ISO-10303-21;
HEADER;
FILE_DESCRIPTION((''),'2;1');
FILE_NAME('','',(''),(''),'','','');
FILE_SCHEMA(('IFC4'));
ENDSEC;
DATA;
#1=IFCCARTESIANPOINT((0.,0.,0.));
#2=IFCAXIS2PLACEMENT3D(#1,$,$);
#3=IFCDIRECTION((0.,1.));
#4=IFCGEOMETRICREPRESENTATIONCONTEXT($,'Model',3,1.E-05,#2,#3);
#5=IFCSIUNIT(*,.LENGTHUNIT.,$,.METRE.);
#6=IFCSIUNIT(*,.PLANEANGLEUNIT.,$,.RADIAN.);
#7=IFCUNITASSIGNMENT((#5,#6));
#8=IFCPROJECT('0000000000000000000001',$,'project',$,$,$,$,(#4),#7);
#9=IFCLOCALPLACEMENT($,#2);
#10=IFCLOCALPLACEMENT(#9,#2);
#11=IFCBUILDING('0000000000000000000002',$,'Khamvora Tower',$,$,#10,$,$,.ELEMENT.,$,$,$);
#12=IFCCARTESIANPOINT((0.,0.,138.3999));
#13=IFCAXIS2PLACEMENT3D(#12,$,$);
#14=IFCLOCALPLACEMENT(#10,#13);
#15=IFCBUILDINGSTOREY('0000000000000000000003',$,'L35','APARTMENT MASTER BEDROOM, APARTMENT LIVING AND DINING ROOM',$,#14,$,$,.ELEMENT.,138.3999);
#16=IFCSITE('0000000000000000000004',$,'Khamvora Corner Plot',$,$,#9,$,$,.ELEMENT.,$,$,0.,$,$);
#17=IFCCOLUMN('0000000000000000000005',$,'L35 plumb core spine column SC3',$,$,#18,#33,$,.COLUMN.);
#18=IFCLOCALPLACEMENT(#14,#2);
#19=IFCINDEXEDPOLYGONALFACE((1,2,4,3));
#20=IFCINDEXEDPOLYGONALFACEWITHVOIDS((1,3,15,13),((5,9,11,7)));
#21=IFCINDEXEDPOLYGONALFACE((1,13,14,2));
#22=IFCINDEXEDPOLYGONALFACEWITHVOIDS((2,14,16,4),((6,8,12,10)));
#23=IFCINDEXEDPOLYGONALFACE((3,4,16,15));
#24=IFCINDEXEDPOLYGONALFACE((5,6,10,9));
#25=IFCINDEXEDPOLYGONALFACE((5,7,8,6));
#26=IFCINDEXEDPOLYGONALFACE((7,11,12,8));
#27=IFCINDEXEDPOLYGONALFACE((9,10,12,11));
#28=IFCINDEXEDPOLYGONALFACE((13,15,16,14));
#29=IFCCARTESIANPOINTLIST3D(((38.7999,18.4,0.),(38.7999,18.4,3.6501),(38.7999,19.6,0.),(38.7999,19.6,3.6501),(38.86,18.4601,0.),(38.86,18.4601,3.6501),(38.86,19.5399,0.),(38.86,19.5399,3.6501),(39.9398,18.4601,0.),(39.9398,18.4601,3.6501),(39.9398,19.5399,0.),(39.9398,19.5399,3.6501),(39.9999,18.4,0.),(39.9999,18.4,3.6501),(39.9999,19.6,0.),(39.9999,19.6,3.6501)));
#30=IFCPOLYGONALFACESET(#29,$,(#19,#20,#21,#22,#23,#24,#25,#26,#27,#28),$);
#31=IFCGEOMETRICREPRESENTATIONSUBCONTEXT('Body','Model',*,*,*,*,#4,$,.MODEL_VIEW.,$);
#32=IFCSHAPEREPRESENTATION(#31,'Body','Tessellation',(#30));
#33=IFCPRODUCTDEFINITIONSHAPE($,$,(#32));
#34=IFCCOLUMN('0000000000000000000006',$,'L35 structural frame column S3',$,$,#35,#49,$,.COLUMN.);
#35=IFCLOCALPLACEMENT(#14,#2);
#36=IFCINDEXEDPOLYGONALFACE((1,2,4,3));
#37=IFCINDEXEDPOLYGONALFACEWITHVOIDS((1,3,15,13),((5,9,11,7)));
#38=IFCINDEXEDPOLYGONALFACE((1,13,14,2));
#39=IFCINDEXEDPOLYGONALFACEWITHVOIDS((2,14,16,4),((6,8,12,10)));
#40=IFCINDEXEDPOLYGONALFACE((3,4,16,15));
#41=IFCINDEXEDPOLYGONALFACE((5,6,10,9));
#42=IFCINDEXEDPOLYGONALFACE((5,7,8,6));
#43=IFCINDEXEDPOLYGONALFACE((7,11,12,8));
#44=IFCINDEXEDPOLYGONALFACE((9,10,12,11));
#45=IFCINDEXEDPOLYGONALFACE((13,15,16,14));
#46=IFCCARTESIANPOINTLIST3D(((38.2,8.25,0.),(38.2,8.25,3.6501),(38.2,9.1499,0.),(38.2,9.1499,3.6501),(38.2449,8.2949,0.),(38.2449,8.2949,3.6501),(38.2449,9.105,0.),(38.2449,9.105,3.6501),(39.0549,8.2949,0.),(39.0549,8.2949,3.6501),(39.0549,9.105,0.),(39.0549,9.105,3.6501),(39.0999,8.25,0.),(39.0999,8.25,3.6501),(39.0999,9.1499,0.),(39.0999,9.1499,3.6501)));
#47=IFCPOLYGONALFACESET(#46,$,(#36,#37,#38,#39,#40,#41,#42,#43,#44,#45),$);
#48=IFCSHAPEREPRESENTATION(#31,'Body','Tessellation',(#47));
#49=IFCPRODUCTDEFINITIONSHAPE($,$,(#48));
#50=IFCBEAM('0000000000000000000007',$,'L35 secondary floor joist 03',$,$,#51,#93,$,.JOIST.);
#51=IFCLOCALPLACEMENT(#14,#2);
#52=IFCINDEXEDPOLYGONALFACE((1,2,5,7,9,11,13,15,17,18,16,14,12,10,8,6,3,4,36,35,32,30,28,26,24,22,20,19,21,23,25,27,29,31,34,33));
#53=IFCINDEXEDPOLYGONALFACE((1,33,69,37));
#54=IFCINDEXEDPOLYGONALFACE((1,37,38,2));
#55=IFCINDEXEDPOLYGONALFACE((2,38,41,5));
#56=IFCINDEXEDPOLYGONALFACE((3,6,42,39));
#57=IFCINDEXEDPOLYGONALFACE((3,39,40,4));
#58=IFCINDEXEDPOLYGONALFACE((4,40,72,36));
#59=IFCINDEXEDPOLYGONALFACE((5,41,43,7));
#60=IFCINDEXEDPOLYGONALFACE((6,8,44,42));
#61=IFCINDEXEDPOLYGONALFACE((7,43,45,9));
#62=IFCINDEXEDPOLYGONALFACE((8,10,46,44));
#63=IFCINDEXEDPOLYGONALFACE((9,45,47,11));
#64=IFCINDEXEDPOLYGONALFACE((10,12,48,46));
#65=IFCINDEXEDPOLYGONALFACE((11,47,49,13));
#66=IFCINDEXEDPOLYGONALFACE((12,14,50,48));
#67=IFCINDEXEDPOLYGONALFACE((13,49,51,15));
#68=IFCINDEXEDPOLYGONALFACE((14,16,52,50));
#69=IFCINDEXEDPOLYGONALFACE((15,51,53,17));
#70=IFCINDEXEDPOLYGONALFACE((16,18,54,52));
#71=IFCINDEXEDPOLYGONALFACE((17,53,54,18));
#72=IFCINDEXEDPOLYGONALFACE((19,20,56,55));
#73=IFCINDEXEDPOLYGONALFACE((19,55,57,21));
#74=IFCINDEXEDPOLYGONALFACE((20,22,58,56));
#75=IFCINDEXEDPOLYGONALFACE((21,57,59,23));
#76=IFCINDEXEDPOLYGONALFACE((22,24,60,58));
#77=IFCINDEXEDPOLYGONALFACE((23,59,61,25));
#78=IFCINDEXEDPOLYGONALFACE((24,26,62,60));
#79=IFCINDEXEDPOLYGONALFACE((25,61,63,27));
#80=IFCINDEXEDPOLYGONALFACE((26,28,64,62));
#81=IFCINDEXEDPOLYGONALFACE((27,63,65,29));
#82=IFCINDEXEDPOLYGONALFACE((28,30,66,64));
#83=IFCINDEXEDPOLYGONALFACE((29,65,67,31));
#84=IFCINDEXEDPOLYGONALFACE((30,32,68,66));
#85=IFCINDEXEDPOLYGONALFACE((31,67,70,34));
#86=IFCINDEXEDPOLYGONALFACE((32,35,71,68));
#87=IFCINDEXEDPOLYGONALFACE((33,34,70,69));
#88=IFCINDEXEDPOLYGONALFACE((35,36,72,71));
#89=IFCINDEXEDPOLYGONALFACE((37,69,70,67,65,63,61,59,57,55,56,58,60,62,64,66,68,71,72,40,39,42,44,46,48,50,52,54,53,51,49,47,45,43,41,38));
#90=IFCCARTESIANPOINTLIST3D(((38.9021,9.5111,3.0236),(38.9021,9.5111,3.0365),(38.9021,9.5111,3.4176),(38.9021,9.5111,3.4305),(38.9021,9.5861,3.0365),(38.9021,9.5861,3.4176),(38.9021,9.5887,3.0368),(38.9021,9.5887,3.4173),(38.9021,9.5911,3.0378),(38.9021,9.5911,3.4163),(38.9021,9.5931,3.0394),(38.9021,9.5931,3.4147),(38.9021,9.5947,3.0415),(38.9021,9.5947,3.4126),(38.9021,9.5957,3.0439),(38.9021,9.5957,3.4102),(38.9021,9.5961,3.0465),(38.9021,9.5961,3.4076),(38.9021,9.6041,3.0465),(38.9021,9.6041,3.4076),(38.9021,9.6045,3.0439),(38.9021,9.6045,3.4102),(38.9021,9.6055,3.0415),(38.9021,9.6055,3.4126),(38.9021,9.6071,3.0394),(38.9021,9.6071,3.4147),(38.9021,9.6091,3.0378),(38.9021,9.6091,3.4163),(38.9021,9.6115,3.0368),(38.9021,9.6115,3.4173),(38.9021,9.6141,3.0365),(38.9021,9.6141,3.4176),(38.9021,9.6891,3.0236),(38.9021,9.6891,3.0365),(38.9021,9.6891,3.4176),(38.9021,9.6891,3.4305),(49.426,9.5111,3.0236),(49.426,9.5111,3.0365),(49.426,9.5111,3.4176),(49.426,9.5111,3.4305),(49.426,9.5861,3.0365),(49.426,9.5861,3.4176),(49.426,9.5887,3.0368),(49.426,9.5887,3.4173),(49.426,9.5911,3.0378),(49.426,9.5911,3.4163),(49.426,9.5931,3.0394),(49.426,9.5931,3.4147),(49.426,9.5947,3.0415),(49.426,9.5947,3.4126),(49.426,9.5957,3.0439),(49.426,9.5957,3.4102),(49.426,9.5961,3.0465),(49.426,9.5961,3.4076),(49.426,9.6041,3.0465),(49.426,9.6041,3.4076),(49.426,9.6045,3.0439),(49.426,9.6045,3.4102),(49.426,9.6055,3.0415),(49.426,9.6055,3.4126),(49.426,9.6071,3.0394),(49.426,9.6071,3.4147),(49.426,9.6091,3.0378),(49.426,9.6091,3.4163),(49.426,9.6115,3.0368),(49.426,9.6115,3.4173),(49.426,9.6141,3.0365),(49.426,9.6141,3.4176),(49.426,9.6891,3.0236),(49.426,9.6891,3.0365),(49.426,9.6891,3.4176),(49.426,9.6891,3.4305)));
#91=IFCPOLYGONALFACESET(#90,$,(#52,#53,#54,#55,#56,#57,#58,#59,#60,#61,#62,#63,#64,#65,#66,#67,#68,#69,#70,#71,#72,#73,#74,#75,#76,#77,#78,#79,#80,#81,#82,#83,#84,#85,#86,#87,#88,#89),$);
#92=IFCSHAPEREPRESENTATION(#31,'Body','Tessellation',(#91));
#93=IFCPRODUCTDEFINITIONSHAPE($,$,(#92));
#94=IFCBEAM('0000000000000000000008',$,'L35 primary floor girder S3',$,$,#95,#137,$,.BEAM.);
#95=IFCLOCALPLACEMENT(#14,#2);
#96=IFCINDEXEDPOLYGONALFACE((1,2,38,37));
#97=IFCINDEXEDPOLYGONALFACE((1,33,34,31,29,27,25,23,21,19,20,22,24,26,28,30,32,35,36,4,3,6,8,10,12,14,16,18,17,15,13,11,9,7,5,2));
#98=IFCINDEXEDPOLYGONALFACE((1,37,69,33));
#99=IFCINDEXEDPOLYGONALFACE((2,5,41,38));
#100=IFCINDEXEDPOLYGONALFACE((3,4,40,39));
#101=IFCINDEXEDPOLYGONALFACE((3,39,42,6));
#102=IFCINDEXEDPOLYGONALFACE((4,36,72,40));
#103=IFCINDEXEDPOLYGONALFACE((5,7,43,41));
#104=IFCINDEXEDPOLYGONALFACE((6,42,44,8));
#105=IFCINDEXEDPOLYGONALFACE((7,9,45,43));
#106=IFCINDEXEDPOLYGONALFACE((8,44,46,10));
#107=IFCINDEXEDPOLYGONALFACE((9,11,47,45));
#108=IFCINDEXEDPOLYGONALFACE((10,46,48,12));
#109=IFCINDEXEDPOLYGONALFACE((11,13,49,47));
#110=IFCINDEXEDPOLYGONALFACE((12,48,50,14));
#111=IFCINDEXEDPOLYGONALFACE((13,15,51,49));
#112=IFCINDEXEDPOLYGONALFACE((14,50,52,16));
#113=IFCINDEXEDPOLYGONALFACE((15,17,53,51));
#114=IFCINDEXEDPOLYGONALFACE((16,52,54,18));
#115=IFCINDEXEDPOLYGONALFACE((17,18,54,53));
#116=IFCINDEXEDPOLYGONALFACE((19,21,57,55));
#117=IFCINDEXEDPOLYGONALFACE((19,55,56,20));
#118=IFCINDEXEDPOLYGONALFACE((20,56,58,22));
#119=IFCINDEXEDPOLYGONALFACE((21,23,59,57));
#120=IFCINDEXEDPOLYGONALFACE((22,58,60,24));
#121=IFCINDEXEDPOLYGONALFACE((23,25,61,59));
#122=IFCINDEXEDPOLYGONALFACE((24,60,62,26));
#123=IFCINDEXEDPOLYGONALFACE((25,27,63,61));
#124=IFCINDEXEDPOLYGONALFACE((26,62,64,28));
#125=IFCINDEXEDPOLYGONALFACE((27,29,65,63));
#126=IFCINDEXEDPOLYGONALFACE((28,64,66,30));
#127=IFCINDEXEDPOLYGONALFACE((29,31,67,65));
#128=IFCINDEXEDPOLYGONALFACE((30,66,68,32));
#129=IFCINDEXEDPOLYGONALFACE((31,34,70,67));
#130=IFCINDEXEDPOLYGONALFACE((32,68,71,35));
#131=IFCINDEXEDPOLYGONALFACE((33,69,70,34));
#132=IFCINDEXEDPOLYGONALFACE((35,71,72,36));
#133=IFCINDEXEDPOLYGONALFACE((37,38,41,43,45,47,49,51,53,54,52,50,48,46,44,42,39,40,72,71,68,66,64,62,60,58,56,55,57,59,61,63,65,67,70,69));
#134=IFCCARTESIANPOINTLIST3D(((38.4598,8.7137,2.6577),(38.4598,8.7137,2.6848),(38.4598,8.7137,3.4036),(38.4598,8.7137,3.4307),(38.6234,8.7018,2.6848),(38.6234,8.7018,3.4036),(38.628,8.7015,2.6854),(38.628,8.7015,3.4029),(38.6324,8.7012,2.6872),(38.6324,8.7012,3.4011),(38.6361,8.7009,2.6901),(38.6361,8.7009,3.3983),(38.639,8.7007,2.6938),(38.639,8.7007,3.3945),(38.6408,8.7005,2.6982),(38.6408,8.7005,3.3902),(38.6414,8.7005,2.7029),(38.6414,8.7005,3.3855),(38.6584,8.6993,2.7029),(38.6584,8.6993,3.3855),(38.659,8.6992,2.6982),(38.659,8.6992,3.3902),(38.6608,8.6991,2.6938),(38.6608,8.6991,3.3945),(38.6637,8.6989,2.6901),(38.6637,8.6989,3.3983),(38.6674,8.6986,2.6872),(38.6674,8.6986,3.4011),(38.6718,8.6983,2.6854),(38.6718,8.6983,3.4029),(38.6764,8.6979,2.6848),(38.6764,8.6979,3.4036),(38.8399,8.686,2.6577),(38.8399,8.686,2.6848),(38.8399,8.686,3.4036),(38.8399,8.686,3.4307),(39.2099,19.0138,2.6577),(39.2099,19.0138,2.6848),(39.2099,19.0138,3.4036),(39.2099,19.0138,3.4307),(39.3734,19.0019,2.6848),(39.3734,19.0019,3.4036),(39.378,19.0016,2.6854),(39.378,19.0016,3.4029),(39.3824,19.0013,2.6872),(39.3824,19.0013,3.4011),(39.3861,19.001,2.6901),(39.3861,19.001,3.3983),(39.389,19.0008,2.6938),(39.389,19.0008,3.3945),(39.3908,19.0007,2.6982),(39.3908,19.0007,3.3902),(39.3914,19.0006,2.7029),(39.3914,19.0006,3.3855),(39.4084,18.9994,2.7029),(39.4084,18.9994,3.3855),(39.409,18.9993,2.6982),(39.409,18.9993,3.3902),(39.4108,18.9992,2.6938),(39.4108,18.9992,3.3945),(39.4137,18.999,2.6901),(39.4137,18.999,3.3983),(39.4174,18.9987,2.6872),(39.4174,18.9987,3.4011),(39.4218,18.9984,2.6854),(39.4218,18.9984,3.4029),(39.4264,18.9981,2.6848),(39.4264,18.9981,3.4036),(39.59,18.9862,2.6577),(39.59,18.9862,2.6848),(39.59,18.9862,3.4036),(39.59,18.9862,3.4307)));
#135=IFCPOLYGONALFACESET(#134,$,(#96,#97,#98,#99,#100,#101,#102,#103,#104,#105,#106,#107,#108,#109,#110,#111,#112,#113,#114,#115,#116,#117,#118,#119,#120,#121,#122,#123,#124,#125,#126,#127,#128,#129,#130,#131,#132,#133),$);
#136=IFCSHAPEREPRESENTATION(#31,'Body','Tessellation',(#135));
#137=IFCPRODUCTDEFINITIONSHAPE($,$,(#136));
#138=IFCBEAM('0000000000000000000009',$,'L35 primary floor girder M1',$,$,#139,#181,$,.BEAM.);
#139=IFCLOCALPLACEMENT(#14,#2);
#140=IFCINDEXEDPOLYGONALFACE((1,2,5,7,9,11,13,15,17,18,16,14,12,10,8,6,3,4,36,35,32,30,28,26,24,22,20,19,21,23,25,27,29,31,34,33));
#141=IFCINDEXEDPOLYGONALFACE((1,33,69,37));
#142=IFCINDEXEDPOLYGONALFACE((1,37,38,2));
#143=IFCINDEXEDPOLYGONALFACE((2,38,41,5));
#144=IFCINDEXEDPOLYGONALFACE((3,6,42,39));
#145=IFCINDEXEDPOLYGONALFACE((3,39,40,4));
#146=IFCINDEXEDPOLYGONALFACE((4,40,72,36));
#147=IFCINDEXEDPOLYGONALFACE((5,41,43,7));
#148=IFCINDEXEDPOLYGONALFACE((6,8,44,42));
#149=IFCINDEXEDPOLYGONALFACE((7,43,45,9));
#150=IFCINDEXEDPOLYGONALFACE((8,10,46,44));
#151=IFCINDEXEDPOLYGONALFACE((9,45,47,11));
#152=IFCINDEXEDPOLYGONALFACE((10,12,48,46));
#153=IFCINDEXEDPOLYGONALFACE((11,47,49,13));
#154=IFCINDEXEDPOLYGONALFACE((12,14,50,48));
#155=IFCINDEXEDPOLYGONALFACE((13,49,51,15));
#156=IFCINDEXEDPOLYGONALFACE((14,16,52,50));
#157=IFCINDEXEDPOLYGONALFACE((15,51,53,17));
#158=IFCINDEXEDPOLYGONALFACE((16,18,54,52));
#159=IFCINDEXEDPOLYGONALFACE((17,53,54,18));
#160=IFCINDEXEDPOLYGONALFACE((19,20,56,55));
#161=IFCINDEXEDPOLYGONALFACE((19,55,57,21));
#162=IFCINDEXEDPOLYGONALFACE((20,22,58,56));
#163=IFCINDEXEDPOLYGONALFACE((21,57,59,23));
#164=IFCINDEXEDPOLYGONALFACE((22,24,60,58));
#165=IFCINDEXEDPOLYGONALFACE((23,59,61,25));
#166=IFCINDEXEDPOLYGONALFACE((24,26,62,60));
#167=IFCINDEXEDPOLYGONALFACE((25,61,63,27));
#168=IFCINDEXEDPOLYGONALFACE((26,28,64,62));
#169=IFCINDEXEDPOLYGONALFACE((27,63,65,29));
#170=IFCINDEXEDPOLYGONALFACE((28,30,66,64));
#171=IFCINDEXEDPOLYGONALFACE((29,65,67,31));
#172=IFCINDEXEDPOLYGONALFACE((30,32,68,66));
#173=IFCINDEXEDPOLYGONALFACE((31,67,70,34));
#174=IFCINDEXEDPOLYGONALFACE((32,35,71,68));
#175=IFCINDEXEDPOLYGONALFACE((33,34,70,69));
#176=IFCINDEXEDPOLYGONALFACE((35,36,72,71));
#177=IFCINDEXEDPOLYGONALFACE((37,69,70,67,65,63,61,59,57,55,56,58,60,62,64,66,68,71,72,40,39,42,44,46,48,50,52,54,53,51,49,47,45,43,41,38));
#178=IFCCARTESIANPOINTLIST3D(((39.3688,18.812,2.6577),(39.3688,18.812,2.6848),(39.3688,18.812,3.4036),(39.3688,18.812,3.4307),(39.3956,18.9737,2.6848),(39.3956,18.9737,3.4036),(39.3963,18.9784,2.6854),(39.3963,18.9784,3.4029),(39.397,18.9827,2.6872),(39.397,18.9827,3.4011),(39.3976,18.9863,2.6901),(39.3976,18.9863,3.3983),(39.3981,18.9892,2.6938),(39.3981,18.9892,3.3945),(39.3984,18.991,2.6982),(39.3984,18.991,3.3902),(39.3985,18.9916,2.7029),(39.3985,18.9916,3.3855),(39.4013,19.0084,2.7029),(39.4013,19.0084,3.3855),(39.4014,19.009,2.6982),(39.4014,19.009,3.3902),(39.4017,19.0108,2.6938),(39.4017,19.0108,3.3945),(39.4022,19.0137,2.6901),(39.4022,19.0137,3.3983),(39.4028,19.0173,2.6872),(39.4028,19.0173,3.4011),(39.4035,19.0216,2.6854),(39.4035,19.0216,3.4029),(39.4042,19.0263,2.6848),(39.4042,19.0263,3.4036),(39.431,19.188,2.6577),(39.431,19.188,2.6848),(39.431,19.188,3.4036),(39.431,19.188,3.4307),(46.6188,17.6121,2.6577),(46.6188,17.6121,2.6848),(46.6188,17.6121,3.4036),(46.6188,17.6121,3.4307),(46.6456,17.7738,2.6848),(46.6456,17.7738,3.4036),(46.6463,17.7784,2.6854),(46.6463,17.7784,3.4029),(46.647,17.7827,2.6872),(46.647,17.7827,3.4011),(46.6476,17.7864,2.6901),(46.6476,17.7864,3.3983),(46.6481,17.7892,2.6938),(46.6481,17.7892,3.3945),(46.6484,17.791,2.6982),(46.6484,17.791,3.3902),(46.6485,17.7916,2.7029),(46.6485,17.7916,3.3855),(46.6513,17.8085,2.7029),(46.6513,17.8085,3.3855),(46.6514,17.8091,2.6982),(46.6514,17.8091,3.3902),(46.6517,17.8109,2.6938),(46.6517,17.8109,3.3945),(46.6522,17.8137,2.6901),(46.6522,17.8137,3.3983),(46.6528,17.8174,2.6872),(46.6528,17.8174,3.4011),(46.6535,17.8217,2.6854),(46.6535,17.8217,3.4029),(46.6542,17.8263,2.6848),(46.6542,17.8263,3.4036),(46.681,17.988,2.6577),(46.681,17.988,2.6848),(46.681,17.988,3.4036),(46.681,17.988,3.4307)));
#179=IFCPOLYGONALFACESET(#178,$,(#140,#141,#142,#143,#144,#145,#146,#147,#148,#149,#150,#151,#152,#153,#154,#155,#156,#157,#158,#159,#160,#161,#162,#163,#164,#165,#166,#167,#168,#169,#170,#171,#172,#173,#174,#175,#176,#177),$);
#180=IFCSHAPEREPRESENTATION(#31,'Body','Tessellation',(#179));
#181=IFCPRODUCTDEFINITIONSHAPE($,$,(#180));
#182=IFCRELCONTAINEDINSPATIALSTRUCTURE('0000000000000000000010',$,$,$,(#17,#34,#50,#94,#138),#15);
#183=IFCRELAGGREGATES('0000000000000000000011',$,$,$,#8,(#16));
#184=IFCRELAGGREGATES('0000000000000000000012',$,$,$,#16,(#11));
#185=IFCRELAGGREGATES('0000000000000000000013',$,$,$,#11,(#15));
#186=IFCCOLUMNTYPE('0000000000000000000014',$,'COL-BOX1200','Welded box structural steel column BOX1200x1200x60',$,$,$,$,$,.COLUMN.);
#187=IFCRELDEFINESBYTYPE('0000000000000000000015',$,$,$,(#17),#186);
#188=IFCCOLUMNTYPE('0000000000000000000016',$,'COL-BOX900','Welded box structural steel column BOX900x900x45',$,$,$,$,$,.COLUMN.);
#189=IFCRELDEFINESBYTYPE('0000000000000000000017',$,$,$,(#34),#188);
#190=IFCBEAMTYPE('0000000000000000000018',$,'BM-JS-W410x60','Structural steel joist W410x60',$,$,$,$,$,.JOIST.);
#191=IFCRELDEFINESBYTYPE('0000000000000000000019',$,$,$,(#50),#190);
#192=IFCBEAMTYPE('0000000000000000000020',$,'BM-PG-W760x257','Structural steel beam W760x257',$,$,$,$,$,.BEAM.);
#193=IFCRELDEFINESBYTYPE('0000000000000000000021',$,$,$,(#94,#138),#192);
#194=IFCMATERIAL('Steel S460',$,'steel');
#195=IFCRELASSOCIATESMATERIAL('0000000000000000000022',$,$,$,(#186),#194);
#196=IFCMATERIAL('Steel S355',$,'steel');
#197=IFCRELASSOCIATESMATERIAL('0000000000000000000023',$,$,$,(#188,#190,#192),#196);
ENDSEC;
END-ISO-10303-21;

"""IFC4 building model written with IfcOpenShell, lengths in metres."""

from ifc_helpers import new_model, si_unit, direction, frame, origin, origin_2d, place, context, subcontext, project, spatial, hollow_rectangle, i_section, extrude, material, material_profile, profile_set, type_object, element, save


model = new_model("IFC4")

# Units and contexts
model_context = context("Model", 3, precision=1e-05, world=origin(), true_north=direction((0.0, 1.0)))
body_context = subcontext(model_context, "Body", "Model", "MODEL_VIEW")
ifc_project = project(units=[si_unit("LENGTHUNIT", "METRE"), si_unit("PLANEANGLEUNIT", "RADIAN")], contexts=[model_context])

# Site, building, storey
site_placement = place(None, origin())
site = spatial("IfcSite", under=ifc_project, at=site_placement, Name="Khamvora Corner Plot", CompositionType="ELEMENT", RefElevation=0.0)
building_placement = place(site_placement, origin())
building = spatial("IfcBuilding", under=site, at=building_placement, Name="Khamvora Tower", CompositionType="ELEMENT")
storey_placement = place(building_placement, frame((0.0, 0.0, 138.3999)))
storey = spatial("IfcBuildingStorey", under=building, at=storey_placement, Name="L35", Description="APARTMENT MASTER BEDROOM, APARTMENT LIVING AND DINING ROOM", CompositionType="ELEMENT", Elevation=138.3999)

# Columns
ifc_material_1 = material(Name="Steel S460", Category="steel")
ifc_material_profile_1 = material_profile(ifc_material_1, hollow_rectangle(XDim=1.2, YDim=1.2, WallThickness=0.0601, at=origin_2d()), Name="BOX1200x1200x60")
ifc_profile_set_1 = profile_set([ifc_material_profile_1], Name="Steel S460")
column_type_1 = type_object("IfcColumnType", Name="COL-BOX1200", Description="Welded box structural steel column BOX1200x1200x60", PredefinedType="COLUMN", material=ifc_profile_set_1)
column_1_placement = place(storey_placement, frame((39.3999, 19.0, 0.0), z_axis=(0.0, 0.0, 1.0), x_axis=(1.0, 0.0, 0.0)))
element("IfcColumn", 1, at=column_1_placement, inside=storey, type_object=column_type_1, Name="L35 plumb core spine column SC3", PredefinedType="COLUMN", context=body_context, shape_type="SweptSolid", body=[
    extrude(hollow_rectangle(XDim=1.2, YDim=1.2, WallThickness=0.0601, at=origin_2d()), origin(), (0.0, 0.0, 1.0), 3.6501),
])
ifc_material_2 = material(Name="Steel S355", Category="steel")
ifc_material_profile_2 = material_profile(ifc_material_2, hollow_rectangle(XDim=0.8999, YDim=0.8999, WallThickness=0.0449, at=origin_2d()), Name="BOX900x900x45")
ifc_profile_set_2 = profile_set([ifc_material_profile_2], Name="Steel S355")
column_type_2 = type_object("IfcColumnType", Name="COL-BOX900", Description="Welded box structural steel column BOX900x900x45", PredefinedType="COLUMN", material=ifc_profile_set_2)
column_2_placement = place(storey_placement, frame((38.6499, 8.7, 0.0), z_axis=(0.0, 0.0, 1.0), x_axis=(1.0, 0.0, 0.0)))
element("IfcColumn", 2, at=column_2_placement, inside=storey, type_object=column_type_2, Name="L35 structural frame column S3", PredefinedType="COLUMN", context=body_context, shape_type="SweptSolid", body=[
    extrude(hollow_rectangle(XDim=0.8999, YDim=0.8999, WallThickness=0.0449, at=origin_2d()), origin(), (0.0, 0.0, 1.0), 3.6501),
])

# Beams
ifc_material_profile_3 = material_profile(ifc_material_2, i_section(OverallWidth=0.178, OverallDepth=0.407, WebThickness=0.0081, FlangeThickness=0.0129, FilletRadius=0.01, at=origin_2d()), Name="W410x60")
ifc_profile_set_3 = profile_set([ifc_material_profile_3], Name="Steel S355")
beam_type_1 = type_object("IfcBeamType", Name="BM-JS-W410x60", Description="Structural steel joist W410x60", PredefinedType="JOIST", material=ifc_profile_set_3)
beam_1_placement = place(storey_placement, frame((38.9021, 9.6001, 3.2271), z_axis=(1.0, 0.0, 0.0), x_axis=(0.0, 1.0, 0.0)))
element("IfcBeam", 3, at=beam_1_placement, inside=storey, type_object=beam_type_1, Name="L35 secondary floor joist 03", PredefinedType="JOIST", context=body_context, shape_type="SweptSolid", body=[
    extrude(i_section(OverallWidth=0.178, OverallDepth=0.407, WebThickness=0.0081, FlangeThickness=0.0129, FilletRadius=0.01, at=origin_2d()), origin(), (0.0, 0.0, 1.0), 10.5239),
])
ifc_material_profile_4 = material_profile(ifc_material_2, i_section(OverallWidth=0.3811, OverallDepth=0.7729, WebThickness=0.0171, FlangeThickness=0.0271, FilletRadius=0.0181, at=origin_2d()), Name="W760x257")
ifc_profile_set_4 = profile_set([ifc_material_profile_4], Name="Steel S355")
beam_type_2 = type_object("IfcBeamType", Name="BM-PG-W760x257", Description="Structural steel beam W760x257", PredefinedType="BEAM", material=ifc_profile_set_4)
beam_2_placement = place(storey_placement, frame((39.3999, 19.0, 3.0442), z_axis=(-0.072623, -0.997359, 0.0), x_axis=(0.997359, -0.072623, 0.0)))
element("IfcBeam", 4, at=beam_2_placement, inside=storey, type_object=beam_type_2, Name="L35 primary floor girder S3", PredefinedType="BEAM", context=body_context, shape_type="SweptSolid", body=[
    extrude(i_section(OverallWidth=0.3811, OverallDepth=0.7729, WebThickness=0.0171, FlangeThickness=0.0271, FilletRadius=0.0181, at=origin_2d()), origin(), (0.0, 0.0, 1.0), 10.3274),
])
beam_3_placement = place(storey_placement, frame((39.3999, 19.0, 3.0442), z_axis=(0.986578, -0.163289, 0.0), x_axis=(0.163289, 0.986578, 0.0)))
element("IfcBeam", 5, at=beam_3_placement, inside=storey, type_object=beam_type_2, Name="L35 primary floor girder M1", PredefinedType="BEAM", context=body_context, shape_type="SweptSolid", body=[
    extrude(i_section(OverallWidth=0.3811, OverallDepth=0.7729, WebThickness=0.0171, FlangeThickness=0.0271, FilletRadius=0.0181, at=origin_2d()), origin(), (0.0, 0.0, 1.0), 7.3486),
])

save(model, "model.ifc")
